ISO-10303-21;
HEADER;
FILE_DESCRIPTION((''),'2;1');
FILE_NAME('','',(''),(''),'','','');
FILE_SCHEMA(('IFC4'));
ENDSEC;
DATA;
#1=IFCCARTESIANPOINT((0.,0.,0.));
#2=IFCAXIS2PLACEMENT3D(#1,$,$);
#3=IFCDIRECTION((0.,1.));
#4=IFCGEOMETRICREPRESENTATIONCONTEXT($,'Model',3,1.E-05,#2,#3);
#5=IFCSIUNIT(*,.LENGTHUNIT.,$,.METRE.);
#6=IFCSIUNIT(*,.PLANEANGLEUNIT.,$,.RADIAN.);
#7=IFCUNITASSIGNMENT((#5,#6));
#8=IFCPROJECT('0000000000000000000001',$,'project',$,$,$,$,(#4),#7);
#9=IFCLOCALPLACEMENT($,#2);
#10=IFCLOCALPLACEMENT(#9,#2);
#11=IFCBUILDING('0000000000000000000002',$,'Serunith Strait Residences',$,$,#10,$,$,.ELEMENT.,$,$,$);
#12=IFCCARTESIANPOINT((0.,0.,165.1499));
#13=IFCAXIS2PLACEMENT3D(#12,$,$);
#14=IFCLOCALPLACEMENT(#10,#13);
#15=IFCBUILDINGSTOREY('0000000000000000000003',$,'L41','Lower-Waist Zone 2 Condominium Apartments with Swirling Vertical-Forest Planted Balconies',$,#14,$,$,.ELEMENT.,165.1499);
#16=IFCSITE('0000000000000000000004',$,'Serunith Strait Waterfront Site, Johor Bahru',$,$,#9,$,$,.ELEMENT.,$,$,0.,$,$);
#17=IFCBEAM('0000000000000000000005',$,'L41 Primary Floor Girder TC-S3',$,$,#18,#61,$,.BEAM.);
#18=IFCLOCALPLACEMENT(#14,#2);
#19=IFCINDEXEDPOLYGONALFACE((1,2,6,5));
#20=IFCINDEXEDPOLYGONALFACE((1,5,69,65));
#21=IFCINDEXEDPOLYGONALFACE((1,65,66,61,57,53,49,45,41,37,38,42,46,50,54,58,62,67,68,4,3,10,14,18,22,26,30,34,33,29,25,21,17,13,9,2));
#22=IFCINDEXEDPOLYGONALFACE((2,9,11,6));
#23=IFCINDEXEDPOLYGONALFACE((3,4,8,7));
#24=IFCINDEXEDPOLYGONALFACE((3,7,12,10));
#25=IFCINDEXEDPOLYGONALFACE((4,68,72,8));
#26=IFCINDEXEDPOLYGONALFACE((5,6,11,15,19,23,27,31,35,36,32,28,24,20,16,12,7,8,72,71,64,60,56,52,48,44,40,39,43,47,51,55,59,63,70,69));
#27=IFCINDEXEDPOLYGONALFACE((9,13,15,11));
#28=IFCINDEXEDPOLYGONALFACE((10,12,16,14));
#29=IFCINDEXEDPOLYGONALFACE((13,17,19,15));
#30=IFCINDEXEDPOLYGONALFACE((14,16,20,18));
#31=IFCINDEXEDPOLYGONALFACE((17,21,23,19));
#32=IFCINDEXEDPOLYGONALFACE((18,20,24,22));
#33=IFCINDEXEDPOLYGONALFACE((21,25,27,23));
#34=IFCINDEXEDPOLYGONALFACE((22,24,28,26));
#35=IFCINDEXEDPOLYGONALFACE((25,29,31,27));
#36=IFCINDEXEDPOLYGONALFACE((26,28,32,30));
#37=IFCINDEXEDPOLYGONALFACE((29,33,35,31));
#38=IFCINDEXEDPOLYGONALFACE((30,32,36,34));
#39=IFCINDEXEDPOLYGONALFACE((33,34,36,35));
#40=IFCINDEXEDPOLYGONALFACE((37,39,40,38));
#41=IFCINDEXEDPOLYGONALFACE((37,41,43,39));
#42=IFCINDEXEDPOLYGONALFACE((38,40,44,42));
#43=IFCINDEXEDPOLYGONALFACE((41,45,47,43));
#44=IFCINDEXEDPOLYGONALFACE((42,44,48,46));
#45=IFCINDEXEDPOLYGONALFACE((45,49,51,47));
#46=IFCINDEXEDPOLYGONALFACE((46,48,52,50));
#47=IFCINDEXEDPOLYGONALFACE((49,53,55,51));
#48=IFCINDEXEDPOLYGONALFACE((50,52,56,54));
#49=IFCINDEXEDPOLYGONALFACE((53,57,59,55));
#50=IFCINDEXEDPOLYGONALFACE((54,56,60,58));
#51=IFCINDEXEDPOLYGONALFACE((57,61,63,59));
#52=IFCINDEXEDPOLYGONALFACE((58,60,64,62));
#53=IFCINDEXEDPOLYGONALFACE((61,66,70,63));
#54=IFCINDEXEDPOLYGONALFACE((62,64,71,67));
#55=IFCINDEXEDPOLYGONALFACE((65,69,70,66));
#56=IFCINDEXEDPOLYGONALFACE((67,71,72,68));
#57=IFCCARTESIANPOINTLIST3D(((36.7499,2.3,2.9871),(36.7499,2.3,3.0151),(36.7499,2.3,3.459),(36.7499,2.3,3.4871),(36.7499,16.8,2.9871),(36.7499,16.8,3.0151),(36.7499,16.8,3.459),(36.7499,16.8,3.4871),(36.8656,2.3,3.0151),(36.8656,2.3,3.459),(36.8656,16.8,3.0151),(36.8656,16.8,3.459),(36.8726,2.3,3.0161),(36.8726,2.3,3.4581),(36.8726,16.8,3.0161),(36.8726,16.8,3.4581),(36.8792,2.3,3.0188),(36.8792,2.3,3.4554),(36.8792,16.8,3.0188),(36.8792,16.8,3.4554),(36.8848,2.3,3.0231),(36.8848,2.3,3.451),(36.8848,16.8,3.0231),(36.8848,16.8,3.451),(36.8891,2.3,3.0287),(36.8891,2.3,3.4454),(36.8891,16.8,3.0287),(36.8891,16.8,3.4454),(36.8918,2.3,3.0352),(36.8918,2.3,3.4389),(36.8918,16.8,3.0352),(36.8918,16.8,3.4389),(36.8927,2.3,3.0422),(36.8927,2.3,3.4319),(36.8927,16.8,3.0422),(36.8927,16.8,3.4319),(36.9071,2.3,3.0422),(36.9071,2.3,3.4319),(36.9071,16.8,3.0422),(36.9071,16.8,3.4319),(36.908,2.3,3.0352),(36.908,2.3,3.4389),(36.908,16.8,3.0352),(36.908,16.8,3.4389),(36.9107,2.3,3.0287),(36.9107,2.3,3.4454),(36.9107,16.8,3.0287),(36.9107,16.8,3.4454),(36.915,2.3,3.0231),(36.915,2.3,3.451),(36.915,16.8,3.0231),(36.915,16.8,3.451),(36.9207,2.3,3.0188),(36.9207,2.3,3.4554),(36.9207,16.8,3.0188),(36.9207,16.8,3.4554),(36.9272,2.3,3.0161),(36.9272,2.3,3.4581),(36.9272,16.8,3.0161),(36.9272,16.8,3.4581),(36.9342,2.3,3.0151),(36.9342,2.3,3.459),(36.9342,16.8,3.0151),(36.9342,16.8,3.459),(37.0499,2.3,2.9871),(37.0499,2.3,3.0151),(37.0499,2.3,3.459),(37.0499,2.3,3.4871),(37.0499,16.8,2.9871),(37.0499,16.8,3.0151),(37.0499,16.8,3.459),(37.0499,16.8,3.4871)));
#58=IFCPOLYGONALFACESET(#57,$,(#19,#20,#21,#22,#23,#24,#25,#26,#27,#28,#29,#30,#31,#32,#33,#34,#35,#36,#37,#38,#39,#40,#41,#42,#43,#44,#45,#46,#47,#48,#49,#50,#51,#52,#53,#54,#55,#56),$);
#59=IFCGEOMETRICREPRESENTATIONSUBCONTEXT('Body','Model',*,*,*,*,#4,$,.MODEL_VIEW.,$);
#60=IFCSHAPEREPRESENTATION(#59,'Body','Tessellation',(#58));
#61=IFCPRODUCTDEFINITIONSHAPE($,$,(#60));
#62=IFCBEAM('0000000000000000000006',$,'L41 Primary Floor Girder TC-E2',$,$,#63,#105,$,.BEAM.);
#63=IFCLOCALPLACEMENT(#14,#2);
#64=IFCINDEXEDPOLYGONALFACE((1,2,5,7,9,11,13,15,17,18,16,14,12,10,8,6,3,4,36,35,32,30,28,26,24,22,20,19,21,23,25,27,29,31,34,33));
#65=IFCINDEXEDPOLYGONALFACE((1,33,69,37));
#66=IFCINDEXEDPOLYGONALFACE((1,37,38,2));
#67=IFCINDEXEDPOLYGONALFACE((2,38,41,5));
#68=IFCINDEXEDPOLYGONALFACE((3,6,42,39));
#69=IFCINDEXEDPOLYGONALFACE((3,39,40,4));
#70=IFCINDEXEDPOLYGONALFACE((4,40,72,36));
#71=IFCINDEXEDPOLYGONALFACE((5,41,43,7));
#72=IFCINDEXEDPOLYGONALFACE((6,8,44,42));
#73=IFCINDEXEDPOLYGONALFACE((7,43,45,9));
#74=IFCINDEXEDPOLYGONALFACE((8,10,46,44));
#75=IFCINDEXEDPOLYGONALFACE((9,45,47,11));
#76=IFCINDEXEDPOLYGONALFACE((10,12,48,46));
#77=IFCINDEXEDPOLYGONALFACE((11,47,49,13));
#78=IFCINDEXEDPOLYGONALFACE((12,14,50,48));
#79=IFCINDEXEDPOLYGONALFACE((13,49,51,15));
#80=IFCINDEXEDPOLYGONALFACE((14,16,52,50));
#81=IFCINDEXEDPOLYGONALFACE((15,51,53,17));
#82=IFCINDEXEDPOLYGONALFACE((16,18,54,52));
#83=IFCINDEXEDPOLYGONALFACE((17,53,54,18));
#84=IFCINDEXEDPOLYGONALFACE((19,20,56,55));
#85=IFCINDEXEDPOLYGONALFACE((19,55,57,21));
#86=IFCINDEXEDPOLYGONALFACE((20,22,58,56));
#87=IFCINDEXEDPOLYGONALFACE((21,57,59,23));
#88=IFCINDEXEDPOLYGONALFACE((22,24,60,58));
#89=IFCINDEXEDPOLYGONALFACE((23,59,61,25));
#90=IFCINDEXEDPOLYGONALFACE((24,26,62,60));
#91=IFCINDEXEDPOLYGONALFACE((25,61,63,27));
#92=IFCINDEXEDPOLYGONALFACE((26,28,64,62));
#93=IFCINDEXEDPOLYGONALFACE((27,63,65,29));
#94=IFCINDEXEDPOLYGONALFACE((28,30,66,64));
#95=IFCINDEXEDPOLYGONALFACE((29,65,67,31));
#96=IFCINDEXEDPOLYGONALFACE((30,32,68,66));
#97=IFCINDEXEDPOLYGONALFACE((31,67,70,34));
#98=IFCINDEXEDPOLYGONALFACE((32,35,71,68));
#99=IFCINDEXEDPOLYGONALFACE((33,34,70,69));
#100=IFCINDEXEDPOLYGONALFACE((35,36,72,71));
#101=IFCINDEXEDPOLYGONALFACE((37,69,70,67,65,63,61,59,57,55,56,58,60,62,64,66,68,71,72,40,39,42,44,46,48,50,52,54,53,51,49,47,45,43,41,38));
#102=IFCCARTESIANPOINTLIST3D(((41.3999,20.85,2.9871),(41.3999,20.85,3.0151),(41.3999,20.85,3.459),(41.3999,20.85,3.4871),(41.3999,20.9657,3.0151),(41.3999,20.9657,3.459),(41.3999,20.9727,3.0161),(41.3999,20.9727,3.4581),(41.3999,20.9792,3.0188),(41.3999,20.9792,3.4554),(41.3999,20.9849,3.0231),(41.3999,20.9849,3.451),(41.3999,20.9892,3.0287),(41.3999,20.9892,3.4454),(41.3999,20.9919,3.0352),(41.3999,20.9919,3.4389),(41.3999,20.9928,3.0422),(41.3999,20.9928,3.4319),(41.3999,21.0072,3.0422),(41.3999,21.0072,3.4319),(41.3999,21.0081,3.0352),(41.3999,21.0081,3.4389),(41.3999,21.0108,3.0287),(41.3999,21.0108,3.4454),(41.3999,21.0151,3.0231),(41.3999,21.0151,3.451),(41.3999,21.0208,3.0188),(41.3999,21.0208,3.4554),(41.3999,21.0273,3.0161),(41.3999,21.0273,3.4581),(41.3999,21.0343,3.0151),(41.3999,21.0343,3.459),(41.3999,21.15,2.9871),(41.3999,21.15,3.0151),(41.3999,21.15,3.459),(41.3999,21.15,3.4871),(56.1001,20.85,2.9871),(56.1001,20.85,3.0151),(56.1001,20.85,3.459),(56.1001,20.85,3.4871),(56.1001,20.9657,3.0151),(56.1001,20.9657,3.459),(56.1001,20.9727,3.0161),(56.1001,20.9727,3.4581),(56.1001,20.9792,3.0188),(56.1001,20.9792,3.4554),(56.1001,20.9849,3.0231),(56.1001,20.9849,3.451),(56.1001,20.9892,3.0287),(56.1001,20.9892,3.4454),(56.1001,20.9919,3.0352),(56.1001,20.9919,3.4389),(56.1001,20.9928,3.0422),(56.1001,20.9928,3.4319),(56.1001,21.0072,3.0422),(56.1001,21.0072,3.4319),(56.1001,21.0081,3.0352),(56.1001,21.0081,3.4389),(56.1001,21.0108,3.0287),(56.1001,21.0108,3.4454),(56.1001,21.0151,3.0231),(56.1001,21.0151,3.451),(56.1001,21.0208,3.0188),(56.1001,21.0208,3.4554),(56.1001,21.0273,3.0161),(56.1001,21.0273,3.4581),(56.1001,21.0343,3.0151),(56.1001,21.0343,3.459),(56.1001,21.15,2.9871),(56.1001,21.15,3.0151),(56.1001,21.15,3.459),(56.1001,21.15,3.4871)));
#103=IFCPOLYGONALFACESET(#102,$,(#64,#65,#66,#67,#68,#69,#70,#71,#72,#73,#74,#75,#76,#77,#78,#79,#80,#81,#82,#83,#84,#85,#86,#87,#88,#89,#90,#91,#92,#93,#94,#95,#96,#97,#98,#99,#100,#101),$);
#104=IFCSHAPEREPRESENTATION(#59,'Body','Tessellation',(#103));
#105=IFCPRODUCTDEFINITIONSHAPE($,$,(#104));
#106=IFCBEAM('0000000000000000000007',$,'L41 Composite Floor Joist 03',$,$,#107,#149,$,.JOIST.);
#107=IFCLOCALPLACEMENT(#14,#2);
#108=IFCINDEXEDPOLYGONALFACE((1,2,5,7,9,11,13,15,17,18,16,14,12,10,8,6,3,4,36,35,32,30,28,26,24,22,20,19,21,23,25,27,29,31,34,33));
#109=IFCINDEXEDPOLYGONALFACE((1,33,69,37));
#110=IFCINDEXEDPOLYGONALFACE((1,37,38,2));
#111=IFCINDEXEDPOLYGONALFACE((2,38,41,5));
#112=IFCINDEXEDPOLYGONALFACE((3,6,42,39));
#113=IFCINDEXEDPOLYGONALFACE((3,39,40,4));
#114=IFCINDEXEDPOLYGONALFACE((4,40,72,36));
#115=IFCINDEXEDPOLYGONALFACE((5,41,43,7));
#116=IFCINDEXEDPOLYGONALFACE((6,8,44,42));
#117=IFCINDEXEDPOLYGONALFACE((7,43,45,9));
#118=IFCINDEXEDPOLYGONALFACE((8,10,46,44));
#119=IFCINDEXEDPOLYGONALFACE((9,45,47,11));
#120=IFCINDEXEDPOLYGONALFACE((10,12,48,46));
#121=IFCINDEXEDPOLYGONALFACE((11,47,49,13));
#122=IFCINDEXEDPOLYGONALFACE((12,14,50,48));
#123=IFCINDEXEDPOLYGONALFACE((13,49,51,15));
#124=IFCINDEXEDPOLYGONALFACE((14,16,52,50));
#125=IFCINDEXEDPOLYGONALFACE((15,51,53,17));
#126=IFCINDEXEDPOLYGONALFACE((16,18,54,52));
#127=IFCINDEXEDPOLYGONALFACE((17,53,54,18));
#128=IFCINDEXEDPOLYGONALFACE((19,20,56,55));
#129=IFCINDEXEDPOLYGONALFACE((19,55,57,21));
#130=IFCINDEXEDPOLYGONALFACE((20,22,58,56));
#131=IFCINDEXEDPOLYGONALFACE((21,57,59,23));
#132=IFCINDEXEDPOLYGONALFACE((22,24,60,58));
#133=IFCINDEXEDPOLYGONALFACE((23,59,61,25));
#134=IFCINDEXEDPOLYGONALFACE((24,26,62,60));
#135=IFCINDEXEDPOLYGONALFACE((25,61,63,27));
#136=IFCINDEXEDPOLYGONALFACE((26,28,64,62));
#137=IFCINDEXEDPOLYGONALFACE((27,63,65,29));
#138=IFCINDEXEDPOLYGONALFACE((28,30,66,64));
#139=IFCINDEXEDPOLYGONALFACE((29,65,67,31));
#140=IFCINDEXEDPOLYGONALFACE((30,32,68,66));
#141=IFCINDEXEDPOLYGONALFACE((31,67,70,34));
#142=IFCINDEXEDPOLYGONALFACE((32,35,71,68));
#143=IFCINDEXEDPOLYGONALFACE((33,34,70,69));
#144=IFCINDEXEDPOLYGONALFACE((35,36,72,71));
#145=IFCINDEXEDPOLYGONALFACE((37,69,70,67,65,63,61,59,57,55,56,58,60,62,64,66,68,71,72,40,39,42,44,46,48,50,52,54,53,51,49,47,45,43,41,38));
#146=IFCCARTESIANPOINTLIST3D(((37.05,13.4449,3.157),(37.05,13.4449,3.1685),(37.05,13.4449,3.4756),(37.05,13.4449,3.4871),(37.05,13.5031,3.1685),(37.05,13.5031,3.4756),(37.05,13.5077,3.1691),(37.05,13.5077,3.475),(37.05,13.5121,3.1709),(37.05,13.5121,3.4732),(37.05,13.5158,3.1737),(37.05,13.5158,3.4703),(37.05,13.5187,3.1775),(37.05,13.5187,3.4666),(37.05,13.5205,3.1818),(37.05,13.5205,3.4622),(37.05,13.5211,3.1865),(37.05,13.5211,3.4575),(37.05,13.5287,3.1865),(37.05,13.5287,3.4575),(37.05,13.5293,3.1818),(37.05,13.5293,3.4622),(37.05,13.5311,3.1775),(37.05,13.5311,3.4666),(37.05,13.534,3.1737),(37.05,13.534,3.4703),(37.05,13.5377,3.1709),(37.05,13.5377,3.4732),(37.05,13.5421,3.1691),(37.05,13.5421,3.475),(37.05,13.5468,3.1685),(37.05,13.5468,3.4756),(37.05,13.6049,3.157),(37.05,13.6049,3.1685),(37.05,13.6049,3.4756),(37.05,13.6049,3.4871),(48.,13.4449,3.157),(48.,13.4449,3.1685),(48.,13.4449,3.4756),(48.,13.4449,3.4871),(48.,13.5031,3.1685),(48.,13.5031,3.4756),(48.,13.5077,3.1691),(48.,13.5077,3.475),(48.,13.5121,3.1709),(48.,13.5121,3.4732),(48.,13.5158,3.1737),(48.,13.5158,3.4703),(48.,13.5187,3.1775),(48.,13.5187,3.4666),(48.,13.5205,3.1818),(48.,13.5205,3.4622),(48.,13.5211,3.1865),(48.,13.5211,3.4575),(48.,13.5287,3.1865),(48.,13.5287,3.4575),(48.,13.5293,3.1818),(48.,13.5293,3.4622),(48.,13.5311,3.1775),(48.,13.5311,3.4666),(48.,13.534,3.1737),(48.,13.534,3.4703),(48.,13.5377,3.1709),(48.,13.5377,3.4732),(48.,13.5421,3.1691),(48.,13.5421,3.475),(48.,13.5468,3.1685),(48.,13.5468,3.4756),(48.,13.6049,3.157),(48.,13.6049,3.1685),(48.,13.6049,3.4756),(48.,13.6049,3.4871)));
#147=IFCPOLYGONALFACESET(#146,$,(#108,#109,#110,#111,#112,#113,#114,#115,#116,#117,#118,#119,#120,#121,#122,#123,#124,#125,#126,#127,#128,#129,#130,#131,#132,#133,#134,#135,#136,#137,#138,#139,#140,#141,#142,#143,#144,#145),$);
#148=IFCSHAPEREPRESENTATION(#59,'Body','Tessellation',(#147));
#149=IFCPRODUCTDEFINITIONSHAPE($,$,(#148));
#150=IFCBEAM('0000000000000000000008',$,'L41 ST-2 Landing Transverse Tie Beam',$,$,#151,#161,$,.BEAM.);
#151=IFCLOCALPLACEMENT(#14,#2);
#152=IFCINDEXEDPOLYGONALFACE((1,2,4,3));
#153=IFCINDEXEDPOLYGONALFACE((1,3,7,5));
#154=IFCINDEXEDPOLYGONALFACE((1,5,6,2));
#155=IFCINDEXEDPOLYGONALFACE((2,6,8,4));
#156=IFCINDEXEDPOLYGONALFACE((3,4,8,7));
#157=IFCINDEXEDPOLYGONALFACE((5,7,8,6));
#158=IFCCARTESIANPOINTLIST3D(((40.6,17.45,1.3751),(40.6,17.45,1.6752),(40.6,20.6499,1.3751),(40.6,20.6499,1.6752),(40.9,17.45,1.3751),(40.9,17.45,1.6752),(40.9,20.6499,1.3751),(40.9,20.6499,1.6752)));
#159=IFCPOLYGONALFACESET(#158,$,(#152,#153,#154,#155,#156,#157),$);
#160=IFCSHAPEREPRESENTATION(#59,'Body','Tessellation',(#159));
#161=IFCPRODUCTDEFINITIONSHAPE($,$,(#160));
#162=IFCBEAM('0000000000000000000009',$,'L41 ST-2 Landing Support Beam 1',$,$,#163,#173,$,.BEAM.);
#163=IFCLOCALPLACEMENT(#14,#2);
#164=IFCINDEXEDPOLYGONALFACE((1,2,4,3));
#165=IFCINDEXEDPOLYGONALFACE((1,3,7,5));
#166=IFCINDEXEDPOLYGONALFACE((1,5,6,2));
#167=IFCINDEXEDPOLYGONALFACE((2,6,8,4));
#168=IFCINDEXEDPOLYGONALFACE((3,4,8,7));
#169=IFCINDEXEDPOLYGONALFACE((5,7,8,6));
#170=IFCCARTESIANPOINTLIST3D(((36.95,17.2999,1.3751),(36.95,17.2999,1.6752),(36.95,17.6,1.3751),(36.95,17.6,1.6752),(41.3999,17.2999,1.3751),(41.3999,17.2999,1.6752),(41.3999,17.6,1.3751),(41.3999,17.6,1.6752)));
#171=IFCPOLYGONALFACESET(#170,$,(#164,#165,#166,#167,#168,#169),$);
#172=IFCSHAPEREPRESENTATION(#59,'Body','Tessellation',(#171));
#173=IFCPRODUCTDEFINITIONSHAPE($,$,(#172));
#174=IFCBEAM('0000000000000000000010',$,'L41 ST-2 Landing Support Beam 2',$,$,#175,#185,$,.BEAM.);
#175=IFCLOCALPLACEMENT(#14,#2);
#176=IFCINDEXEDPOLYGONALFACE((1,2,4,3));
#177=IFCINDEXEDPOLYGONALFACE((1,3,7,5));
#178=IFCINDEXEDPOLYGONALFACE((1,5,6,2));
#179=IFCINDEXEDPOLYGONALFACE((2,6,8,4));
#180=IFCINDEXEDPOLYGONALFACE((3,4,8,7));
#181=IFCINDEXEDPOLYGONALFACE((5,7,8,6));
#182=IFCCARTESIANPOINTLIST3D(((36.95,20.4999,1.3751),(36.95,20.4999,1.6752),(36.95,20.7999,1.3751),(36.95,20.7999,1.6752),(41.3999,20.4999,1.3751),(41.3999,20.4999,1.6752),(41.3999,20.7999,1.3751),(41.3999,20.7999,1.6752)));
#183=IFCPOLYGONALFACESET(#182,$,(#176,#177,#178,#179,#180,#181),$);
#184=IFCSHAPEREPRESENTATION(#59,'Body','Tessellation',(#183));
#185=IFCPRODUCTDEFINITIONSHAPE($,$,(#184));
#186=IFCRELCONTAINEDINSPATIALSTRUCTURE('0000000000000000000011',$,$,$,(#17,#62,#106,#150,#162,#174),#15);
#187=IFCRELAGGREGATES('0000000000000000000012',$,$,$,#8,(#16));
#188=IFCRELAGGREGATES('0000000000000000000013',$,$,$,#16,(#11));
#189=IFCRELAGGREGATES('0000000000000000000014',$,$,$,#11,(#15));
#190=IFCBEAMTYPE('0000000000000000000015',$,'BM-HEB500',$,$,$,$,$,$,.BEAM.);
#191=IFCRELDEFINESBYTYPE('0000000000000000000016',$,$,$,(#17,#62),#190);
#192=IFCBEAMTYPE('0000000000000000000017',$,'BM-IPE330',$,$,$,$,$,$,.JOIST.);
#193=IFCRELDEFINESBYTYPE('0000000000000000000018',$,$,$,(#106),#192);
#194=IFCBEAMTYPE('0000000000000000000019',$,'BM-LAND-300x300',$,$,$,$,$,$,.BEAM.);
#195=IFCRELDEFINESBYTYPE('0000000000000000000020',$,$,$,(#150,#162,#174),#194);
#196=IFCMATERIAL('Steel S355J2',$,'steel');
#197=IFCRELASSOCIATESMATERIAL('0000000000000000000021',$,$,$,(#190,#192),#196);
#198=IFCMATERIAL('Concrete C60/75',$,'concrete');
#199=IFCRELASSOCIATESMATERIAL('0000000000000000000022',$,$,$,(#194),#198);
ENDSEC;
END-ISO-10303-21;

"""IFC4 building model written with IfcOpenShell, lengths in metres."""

from ifc_helpers import new_model, si_unit, direction, frame, origin, origin_2d, place, context, subcontext, project, spatial, rectangle, i_section, extrude, source, transform, mapped, material, material_profile, profile_set, type_object, element, save


model = new_model("IFC4")

# Units and contexts
model_context = context("Model", 3, precision=1e-05, world=origin(), true_north=direction((0.0, 1.0)))
body_context = subcontext(model_context, "Body", "Model", "MODEL_VIEW")
ifc_project = project(units=[si_unit("LENGTHUNIT", "METRE"), si_unit("PLANEANGLEUNIT", "RADIAN")], contexts=[model_context])

# Site, building, storey
site_placement = place(None, origin())
site = spatial("IfcSite", under=ifc_project, at=site_placement, Name="Serunith Strait Waterfront Site, Johor Bahru", CompositionType="ELEMENT", RefElevation=0.0)
building_placement = place(site_placement, origin())
building = spatial("IfcBuilding", under=site, at=building_placement, Name="Serunith Strait Residences", CompositionType="ELEMENT")
storey_placement = place(building_placement, frame((0.0, 0.0, 165.1499)))
storey = spatial("IfcBuildingStorey", under=building, at=storey_placement, Name="L41", Description="Lower-Waist Zone 2 Condominium Apartments with Swirling Vertical-Forest Planted Balconies", CompositionType="ELEMENT", Elevation=165.1499)

# Beams
ifc_material_1 = material(Name="Steel S355J2", Category="steel")
ifc_material_profile_1 = material_profile(ifc_material_1, i_section(OverallWidth=0.3, OverallDepth=0.5, WebThickness=0.0144, FlangeThickness=0.0281, FilletRadius=0.0271, at=origin_2d()), Name="HEB 500")
ifc_profile_set_1 = profile_set([ifc_material_profile_1], Name="Steel S355J2")
beam_type_1 = type_object("IfcBeamType", Name="BM-HEB500", PredefinedType="BEAM", material=ifc_profile_set_1)
shared_shape_1 = source(origin(), body_context, "Body", "SweptSolid", [
    extrude(i_section(OverallWidth=0.3, OverallDepth=0.5, WebThickness=0.0144, FlangeThickness=0.0281, FilletRadius=0.0271, at=origin_2d()), origin(), (0.0, 0.0, 1.0), 14.5),
])
beam_1_placement = place(storey_placement, frame((36.8999, 16.8, 3.2371), z_axis=(0.0, -1.0, 0.0), x_axis=(1.0, 0.0, 0.0)))
element("IfcBeam", 1, at=beam_1_placement, inside=storey, type_object=beam_type_1, Name="L41 Primary Floor Girder TC-S3", PredefinedType="BEAM", context=body_context, shape_type="MappedRepresentation", body=[
    mapped(shared_shape_1, transform((0.0, 0.0, 0.0), scale=1.0)),
])
shared_shape_2 = source(origin(), body_context, "Body", "SweptSolid", [
    extrude(i_section(OverallWidth=0.3, OverallDepth=0.5, WebThickness=0.0144, FlangeThickness=0.0281, FilletRadius=0.0271, at=origin_2d()), origin(), (0.0, 0.0, 1.0), 14.7002),
])
beam_2_placement = place(storey_placement, frame((41.3999, 21.0, 3.2371), z_axis=(1.0, 0.0, 0.0), x_axis=(0.0, 1.0, 0.0)))
element("IfcBeam", 2, at=beam_2_placement, inside=storey, type_object=beam_type_1, Name="L41 Primary Floor Girder TC-E2", PredefinedType="BEAM", context=body_context, shape_type="MappedRepresentation", body=[
    mapped(shared_shape_2, transform((0.0, 0.0, 0.0), scale=1.0)),
])
ifc_material_profile_2 = material_profile(ifc_material_1, i_section(OverallWidth=0.1599, OverallDepth=0.3301, WebThickness=0.0076, FlangeThickness=0.0115, FilletRadius=0.0181, at=origin_2d()), Name="IPE 330")
ifc_profile_set_2 = profile_set([ifc_material_profile_2], Name="Steel S355J2")
beam_type_2 = type_object("IfcBeamType", Name="BM-IPE330", PredefinedType="JOIST", material=ifc_profile_set_2)
shared_shape_3 = source(origin(), body_context, "Body", "SweptSolid", [
    extrude(i_section(OverallWidth=0.1599, OverallDepth=0.3301, WebThickness=0.0076, FlangeThickness=0.0115, FilletRadius=0.0181, at=origin_2d()), origin(), (0.0, 0.0, 1.0), 10.95),
])
beam_3_placement = place(storey_placement, frame((37.05, 13.5249, 3.322), z_axis=(1.0, 0.0, 0.0), x_axis=(0.0, 1.0, 0.0)))
element("IfcBeam", 3, at=beam_3_placement, inside=storey, type_object=beam_type_2, Name="L41 Composite Floor Joist 03", PredefinedType="JOIST", context=body_context, shape_type="MappedRepresentation", body=[
    mapped(shared_shape_3, transform((0.0, 0.0, 0.0), scale=1.0)),
])
ifc_material_2 = material(Name="Concrete C60/75", Category="concrete")
ifc_material_profile_3 = material_profile(ifc_material_2, rectangle(XDim=0.3, YDim=0.3, at=origin_2d()), Name="RC 300x300")
ifc_profile_set_3 = profile_set([ifc_material_profile_3], Name="Concrete C60/75")
beam_type_3 = type_object("IfcBeamType", Name="BM-LAND-300x300", PredefinedType="BEAM", material=ifc_profile_set_3)
shared_shape_4 = source(origin(), body_context, "Body", "SweptSolid", [
    extrude(rectangle(XDim=0.3, YDim=0.3, at=origin_2d()), origin(), (0.0, 0.0, 1.0), 3.2),
])
beam_4_placement = place(storey_placement, frame((40.75, 17.45, 1.5251), z_axis=(0.0, 1.0, 0.0), x_axis=(-1.0, 0.0, 0.0)))
element("IfcBeam", 4, at=beam_4_placement, inside=storey, type_object=beam_type_3, Name="L41 ST-2 Landing Transverse Tie Beam", PredefinedType="BEAM", context=body_context, shape_type="MappedRepresentation", body=[
    mapped(shared_shape_4, transform((0.0, 0.0, 0.0), scale=1.0)),
])
shared_shape_5 = source(origin(), body_context, "Body", "SweptSolid", [
    extrude(rectangle(XDim=0.3, YDim=0.3, at=origin_2d()), origin(), (0.0, 0.0, 1.0), 4.45),
])
for number, where, z_axis, x_axis, name in (
    (5, (36.95, 17.45, 1.5251), (1.0, 0.0, 0.0), (0.0, 1.0, 0.0), "L41 ST-2 Landing Support Beam 1"),
    (6, (36.95, 20.6499, 1.5251), (1.0, 0.0, 0.0), (0.0, 1.0, 0.0), "L41 ST-2 Landing Support Beam 2"),
):
    element("IfcBeam", number, at=place(storey_placement, frame(where, z_axis=z_axis, x_axis=x_axis)), inside=storey, type_object=beam_type_3, Name=name, PredefinedType="BEAM", context=body_context, shape_type="MappedRepresentation", body=[
        mapped(shared_shape_5, transform((0.0, 0.0, 0.0), scale=1.0)),
    ])

save(model, "model.ifc")
